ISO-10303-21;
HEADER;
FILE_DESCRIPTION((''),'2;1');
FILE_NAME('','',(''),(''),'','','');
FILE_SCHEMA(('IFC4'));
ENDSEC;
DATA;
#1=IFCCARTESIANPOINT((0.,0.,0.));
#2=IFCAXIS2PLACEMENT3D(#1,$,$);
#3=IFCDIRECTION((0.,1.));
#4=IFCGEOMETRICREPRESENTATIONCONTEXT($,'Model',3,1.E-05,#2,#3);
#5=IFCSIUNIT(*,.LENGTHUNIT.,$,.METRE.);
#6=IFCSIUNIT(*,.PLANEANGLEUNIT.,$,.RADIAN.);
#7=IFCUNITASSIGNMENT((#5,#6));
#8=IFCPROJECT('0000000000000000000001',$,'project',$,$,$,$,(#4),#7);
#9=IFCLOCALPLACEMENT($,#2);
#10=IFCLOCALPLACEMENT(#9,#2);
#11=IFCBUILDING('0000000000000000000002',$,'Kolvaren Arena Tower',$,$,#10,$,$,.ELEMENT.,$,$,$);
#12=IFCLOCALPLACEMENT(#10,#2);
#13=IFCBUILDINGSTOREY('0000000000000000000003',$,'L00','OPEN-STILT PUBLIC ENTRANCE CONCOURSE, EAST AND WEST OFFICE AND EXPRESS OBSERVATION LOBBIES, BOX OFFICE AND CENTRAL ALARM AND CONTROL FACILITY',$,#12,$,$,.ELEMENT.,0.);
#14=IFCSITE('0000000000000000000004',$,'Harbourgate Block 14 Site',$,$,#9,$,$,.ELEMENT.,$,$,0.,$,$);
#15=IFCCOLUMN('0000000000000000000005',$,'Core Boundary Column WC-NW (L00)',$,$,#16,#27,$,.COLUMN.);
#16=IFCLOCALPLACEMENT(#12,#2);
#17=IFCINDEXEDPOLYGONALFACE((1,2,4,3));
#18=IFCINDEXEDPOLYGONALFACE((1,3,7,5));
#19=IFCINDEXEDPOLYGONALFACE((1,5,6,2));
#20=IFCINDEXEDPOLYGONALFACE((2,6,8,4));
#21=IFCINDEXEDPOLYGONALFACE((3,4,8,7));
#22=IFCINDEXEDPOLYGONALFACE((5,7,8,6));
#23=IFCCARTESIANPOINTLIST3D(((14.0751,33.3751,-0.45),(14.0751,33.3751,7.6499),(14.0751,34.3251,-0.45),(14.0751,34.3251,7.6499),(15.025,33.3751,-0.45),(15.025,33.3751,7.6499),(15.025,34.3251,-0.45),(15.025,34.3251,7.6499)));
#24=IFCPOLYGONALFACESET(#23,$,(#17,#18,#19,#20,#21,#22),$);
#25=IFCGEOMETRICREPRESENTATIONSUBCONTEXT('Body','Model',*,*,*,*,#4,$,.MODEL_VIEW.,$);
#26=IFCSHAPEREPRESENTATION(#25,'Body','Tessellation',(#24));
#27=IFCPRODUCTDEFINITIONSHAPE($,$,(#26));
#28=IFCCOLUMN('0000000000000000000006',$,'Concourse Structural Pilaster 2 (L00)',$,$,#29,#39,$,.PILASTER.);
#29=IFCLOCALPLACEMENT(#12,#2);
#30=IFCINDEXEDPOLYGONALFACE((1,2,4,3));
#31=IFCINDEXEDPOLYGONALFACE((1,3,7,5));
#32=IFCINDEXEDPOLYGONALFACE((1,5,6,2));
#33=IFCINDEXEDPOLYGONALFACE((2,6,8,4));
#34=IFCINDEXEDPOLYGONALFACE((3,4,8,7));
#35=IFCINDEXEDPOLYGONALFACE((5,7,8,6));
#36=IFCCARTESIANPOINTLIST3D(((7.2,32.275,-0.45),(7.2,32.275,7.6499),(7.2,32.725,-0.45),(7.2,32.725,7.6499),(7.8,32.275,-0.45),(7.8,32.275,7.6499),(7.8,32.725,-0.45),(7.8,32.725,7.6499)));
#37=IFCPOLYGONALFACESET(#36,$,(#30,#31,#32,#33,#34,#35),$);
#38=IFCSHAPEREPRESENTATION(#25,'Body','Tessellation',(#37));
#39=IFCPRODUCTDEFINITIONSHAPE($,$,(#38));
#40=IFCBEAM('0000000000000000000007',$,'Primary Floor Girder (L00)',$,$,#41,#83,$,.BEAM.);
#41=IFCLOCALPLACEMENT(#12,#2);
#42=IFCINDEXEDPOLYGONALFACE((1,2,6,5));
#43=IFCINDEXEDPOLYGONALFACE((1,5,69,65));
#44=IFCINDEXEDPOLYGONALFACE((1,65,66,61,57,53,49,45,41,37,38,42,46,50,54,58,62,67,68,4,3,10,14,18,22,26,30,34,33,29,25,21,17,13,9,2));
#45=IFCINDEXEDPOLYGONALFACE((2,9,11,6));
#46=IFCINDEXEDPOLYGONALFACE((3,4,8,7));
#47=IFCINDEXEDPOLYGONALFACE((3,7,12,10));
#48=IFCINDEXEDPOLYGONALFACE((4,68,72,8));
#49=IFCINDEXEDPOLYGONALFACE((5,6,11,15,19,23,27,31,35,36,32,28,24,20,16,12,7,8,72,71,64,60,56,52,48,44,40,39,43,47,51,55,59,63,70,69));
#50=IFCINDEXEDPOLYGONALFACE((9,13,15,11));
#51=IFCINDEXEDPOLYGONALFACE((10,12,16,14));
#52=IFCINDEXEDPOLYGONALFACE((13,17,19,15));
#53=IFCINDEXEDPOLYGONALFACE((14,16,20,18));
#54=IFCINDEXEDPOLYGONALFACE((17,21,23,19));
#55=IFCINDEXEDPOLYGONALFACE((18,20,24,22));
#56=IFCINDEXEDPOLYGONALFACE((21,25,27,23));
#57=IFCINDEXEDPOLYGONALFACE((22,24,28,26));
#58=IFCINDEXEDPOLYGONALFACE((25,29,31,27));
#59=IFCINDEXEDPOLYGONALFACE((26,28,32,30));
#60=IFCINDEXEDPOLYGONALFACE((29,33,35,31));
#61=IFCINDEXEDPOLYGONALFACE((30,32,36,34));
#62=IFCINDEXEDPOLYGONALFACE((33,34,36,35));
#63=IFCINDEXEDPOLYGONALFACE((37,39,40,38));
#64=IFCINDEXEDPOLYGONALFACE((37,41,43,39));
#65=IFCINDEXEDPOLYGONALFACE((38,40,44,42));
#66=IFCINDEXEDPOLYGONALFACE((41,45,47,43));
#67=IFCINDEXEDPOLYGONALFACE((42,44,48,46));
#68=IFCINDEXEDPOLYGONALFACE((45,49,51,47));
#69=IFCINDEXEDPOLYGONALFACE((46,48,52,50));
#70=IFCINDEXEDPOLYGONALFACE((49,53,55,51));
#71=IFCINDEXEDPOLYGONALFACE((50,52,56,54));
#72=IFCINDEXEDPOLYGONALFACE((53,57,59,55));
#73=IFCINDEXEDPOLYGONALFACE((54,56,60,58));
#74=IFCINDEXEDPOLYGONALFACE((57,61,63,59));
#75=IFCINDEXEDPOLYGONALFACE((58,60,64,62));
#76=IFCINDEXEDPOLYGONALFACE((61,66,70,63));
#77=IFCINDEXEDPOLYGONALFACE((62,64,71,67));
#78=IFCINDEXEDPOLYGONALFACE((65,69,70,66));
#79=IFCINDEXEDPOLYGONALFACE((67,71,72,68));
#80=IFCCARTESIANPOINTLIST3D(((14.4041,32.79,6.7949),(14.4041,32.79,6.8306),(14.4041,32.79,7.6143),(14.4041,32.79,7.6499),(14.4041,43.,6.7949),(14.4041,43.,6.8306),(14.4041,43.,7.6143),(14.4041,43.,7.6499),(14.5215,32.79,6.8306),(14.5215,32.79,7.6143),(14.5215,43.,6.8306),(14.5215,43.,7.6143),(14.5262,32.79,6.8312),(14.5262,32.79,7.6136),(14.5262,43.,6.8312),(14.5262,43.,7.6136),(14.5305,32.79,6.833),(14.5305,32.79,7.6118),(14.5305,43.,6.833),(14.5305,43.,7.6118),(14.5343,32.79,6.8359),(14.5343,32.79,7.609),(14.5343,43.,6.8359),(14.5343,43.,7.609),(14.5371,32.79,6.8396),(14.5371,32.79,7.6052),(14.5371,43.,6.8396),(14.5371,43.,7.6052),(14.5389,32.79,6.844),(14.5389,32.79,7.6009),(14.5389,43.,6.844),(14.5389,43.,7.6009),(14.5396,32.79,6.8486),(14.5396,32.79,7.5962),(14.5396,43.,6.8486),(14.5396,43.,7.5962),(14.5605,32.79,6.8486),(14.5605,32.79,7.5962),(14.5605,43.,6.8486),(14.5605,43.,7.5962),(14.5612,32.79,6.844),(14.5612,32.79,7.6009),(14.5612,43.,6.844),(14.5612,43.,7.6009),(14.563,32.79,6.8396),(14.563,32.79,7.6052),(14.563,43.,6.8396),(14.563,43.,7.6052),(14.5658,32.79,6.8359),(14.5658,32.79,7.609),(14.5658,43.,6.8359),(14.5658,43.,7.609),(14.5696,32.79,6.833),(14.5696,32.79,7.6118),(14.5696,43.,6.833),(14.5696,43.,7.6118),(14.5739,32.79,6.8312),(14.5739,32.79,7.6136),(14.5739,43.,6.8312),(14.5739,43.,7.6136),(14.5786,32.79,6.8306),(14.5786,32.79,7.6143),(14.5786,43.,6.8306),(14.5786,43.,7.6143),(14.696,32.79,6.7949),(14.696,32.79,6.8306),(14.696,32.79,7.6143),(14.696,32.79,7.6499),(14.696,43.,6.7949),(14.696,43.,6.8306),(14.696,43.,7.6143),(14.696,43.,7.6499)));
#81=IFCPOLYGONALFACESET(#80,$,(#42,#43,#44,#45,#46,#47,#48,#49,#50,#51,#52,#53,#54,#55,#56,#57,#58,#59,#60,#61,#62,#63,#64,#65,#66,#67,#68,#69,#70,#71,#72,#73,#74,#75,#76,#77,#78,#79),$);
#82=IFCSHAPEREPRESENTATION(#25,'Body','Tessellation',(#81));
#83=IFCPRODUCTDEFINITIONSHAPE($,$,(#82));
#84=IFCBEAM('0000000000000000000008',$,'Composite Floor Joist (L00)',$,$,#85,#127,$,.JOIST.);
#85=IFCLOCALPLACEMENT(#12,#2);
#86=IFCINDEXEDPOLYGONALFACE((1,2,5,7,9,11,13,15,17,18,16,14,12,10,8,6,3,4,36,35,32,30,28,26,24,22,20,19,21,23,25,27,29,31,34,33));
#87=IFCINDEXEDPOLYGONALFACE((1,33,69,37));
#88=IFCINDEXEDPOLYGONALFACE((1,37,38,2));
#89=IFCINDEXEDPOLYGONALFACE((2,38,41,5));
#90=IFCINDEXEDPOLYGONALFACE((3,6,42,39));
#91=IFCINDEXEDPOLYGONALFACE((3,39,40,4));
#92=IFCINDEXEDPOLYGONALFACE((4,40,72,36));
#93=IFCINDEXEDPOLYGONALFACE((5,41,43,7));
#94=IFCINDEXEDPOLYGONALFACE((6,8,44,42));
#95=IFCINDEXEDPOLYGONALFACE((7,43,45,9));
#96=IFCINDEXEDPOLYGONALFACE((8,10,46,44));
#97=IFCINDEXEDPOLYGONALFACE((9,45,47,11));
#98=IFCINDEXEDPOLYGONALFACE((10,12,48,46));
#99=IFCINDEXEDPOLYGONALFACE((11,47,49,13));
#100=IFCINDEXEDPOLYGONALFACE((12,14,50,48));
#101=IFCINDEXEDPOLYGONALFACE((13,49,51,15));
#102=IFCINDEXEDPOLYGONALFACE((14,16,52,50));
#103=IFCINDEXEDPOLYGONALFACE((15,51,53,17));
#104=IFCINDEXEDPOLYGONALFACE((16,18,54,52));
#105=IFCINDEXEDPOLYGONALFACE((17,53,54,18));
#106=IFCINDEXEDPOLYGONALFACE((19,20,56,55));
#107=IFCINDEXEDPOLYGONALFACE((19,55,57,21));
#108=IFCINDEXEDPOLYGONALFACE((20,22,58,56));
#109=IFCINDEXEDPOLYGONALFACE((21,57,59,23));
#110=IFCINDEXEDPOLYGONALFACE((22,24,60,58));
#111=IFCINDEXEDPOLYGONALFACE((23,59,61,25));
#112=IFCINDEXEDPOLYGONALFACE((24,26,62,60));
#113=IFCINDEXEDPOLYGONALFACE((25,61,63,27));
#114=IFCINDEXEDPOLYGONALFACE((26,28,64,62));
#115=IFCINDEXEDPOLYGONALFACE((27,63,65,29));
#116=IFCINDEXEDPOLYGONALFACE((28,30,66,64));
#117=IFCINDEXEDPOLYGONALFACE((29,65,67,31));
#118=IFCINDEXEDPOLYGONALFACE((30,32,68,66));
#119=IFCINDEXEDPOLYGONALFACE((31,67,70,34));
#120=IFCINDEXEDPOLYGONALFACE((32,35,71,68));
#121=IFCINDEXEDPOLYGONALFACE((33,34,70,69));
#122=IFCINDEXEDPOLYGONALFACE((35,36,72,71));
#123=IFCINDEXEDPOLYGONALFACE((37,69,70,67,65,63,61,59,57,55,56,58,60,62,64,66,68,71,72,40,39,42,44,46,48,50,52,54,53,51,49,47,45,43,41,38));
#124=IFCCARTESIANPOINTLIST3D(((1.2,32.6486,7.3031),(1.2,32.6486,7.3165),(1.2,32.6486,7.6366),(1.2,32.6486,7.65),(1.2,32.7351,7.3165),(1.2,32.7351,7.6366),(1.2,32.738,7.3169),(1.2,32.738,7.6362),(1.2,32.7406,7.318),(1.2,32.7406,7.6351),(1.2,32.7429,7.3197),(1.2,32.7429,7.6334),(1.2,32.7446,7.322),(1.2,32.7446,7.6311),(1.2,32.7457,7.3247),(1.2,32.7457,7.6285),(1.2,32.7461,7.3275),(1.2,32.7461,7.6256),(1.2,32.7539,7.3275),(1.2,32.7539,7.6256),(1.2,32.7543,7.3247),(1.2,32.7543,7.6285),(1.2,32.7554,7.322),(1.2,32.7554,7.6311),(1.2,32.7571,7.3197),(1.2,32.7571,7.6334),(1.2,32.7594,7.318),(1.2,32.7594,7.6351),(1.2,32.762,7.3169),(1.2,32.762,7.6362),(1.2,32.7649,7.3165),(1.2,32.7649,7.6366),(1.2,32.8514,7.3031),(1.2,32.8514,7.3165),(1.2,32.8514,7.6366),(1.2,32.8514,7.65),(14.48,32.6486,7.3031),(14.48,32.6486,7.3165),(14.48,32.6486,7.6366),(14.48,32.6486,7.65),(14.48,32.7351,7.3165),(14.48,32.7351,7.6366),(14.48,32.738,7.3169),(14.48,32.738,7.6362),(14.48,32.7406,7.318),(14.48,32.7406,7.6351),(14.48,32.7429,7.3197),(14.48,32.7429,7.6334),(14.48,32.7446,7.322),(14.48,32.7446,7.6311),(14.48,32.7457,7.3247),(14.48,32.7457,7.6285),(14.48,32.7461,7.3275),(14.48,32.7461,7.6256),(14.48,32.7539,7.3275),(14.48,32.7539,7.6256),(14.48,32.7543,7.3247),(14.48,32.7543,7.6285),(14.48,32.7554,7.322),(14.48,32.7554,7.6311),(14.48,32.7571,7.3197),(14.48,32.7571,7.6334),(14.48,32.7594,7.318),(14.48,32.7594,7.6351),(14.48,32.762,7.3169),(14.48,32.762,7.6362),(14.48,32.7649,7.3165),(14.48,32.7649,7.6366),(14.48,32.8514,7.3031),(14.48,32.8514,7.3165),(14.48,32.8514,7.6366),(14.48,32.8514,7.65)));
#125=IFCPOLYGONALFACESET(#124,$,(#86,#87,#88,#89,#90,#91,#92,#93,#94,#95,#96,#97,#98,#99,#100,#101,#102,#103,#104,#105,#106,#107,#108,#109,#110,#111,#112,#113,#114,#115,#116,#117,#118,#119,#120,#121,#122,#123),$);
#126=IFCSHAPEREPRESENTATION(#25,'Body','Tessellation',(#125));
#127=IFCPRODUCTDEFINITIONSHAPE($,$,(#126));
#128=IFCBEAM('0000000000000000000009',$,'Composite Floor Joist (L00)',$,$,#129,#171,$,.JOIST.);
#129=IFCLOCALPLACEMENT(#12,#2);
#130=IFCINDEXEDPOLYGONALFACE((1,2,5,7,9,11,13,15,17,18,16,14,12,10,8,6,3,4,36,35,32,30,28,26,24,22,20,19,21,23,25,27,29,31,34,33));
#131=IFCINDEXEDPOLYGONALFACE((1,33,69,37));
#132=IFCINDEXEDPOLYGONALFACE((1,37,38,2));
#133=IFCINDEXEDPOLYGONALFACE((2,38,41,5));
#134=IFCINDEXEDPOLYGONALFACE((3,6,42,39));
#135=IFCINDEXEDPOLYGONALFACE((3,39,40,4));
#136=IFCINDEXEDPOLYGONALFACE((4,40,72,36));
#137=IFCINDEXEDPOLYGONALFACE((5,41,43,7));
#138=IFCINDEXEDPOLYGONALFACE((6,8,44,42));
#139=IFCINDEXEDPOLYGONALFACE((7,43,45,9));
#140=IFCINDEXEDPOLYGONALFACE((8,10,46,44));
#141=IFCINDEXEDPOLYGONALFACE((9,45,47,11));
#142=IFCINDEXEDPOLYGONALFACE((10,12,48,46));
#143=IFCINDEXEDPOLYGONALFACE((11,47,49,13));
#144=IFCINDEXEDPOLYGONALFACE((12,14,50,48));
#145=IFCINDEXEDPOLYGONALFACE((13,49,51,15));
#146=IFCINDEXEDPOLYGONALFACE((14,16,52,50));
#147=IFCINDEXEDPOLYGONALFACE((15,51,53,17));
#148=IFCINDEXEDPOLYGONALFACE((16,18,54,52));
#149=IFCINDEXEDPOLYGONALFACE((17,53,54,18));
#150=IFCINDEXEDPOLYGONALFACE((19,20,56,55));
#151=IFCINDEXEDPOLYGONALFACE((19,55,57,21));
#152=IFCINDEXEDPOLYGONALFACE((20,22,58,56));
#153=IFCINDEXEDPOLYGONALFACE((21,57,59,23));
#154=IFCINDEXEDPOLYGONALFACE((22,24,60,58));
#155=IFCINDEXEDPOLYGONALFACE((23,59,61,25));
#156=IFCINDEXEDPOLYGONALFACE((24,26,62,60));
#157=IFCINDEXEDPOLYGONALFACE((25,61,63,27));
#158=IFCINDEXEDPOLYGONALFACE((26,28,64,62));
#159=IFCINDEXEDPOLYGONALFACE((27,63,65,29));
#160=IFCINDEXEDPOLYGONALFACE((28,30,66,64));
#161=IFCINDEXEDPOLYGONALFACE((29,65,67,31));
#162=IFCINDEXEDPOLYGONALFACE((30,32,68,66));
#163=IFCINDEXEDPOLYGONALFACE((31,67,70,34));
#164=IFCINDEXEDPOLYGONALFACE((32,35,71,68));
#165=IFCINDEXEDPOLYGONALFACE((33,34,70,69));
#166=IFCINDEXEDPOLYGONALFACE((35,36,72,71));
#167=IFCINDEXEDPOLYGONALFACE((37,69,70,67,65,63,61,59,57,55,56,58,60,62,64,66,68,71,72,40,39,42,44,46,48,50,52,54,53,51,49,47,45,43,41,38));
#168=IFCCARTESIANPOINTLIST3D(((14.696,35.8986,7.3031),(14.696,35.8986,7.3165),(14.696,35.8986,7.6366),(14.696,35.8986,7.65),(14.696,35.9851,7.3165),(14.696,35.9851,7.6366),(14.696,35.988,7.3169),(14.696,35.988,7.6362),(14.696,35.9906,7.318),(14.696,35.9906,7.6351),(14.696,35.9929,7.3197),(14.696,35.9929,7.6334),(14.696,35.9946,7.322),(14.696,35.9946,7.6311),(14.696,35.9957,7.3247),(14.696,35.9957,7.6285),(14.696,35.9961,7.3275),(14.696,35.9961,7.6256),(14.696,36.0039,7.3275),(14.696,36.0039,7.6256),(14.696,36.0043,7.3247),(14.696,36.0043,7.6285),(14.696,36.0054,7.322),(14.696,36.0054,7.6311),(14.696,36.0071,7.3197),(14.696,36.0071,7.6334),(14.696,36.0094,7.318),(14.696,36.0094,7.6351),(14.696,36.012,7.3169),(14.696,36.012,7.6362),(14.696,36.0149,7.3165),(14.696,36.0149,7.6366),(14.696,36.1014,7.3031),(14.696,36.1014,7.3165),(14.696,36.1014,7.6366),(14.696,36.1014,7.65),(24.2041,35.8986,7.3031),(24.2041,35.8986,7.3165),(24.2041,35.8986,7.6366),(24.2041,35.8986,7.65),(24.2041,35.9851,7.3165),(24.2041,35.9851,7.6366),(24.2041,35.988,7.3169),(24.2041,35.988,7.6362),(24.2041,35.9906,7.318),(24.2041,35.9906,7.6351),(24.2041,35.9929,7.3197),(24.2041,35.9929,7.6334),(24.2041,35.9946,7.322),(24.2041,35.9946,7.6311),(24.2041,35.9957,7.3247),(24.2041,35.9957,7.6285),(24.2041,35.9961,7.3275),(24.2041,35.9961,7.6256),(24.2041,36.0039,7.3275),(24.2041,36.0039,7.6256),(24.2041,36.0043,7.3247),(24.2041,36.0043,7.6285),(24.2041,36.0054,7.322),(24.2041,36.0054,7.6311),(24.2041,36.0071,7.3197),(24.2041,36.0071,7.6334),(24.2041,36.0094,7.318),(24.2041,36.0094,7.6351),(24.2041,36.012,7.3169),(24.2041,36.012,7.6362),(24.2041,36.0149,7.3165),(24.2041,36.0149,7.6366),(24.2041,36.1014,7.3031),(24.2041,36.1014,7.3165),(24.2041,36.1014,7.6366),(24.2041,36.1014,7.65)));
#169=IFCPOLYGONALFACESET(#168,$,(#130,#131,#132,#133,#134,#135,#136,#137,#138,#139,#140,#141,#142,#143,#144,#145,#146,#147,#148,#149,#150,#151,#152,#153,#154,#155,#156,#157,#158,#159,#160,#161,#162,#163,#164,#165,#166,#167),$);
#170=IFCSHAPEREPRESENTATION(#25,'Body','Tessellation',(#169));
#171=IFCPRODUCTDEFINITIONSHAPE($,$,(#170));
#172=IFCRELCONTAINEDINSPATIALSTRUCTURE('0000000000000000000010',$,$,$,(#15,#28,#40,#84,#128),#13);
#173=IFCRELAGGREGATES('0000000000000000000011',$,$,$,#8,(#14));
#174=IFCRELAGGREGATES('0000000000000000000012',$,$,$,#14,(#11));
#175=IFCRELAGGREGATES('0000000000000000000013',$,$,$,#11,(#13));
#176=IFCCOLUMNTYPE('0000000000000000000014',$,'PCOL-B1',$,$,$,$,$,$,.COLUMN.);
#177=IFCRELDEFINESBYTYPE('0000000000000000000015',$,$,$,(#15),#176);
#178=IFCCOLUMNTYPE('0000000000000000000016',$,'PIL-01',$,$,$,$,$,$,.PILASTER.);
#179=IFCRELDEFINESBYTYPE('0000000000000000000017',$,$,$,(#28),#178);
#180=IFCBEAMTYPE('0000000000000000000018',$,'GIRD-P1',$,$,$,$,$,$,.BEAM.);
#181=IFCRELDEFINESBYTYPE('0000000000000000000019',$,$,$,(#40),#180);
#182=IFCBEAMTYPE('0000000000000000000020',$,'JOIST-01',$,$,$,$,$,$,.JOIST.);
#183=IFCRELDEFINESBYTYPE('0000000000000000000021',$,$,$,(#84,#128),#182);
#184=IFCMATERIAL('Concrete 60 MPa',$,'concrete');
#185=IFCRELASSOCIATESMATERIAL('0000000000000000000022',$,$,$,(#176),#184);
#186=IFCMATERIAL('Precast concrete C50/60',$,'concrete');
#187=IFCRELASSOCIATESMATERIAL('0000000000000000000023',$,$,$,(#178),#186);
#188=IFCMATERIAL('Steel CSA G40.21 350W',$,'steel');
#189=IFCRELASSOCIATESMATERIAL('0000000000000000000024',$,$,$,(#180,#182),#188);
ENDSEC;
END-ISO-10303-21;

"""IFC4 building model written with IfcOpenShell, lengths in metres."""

from ifc_helpers import new_model, si_unit, direction, frame, origin, origin_2d, place, context, subcontext, project, spatial, rectangle, i_section, extrude, material, material_profile, profile_set, type_object, element, save


model = new_model("IFC4")

# Units and contexts
model_context = context("Model", 3, precision=1e-05, world=origin(), true_north=direction((0.0, 1.0)))
body_context = subcontext(model_context, "Body", "Model", "MODEL_VIEW")
ifc_project = project(units=[si_unit("LENGTHUNIT", "METRE"), si_unit("PLANEANGLEUNIT", "RADIAN")], contexts=[model_context])

# Site, building, storey
site_placement = place(None, origin())
site = spatial("IfcSite", under=ifc_project, at=site_placement, Name="Harbourgate Block 14 Site", CompositionType="ELEMENT", RefElevation=0.0)
building_placement = place(site_placement, origin())
building = spatial("IfcBuilding", under=site, at=building_placement, Name="Kolvaren Arena Tower", CompositionType="ELEMENT")
storey_placement = place(building_placement, origin())
storey = spatial("IfcBuildingStorey", under=building, at=storey_placement, Name="L00", Description="OPEN-STILT PUBLIC ENTRANCE CONCOURSE, EAST AND WEST OFFICE AND EXPRESS OBSERVATION LOBBIES, BOX OFFICE AND CENTRAL ALARM AND CONTROL FACILITY", CompositionType="ELEMENT", Elevation=0.0)

# Columns
ifc_material_1 = material(Name="Concrete 60 MPa", Category="concrete")
ifc_material_profile_1 = material_profile(ifc_material_1, rectangle(XDim=0.95, YDim=0.95, at=origin_2d()), Name="RC-950x950")
ifc_profile_set_1 = profile_set([ifc_material_profile_1], Name="Concrete 60 MPa")
column_type_1 = type_object("IfcColumnType", Name="PCOL-B1", PredefinedType="COLUMN", material=ifc_profile_set_1)
column_1_placement = place(storey_placement, frame((14.55, 33.8501, -0.45), z_axis=(0.0, 0.0, 1.0), x_axis=(1.0, 0.0, 0.0)))
element("IfcColumn", 1, at=column_1_placement, inside=storey, type_object=column_type_1, Name="Core Boundary Column WC-NW (L00)", PredefinedType="COLUMN", context=body_context, shape_type="SweptSolid", body=[
    extrude(rectangle(XDim=0.95, YDim=0.95, at=origin_2d()), origin(), (0.0, 0.0, 1.0), 8.0999),
])
ifc_material_2 = material(Name="Precast concrete C50/60", Category="concrete")
ifc_material_profile_2 = material_profile(ifc_material_2, rectangle(XDim=0.6001, YDim=0.45, at=origin_2d()), Name="RC-600x450")
ifc_profile_set_2 = profile_set([ifc_material_profile_2], Name="Precast concrete C50/60")
column_type_2 = type_object("IfcColumnType", Name="PIL-01", PredefinedType="PILASTER", material=ifc_profile_set_2)
column_2_placement = place(storey_placement, frame((7.5, 32.5, -0.45), z_axis=(0.0, 0.0, 1.0), x_axis=(1.0, 0.0, 0.0)))
element("IfcColumn", 2, at=column_2_placement, inside=storey, type_object=column_type_2, Name="Concourse Structural Pilaster 2 (L00)", PredefinedType="PILASTER", context=body_context, shape_type="SweptSolid", body=[
    extrude(rectangle(XDim=0.6001, YDim=0.45, at=origin_2d()), origin(), (0.0, 0.0, 1.0), 8.0999),
])

# Beams
ifc_material_3 = material(Name="Steel CSA G40.21 350W", Category="steel")
ifc_material_profile_3 = material_profile(ifc_material_3, i_section(OverallWidth=0.292, OverallDepth=0.855, WebThickness=0.021, FlangeThickness=0.0356, FilletRadius=0.0181, at=origin_2d()), Name="W840x299")
ifc_profile_set_3 = profile_set([ifc_material_profile_3], Name="Steel CSA G40.21 350W")
beam_type_1 = type_object("IfcBeamType", Name="GIRD-P1", PredefinedType="BEAM", material=ifc_profile_set_3)
beam_1_placement = place(storey_placement, frame((14.55, 32.79, 7.2224), z_axis=(0.0, 1.0, 0.0), x_axis=(-1.0, 0.0, 0.0)))
element("IfcBeam", 3, at=beam_1_placement, inside=storey, type_object=beam_type_1, Name="Primary Floor Girder (L00)", PredefinedType="BEAM", context=body_context, shape_type="SweptSolid", body=[
    extrude(i_section(OverallWidth=0.292, OverallDepth=0.855, WebThickness=0.021, FlangeThickness=0.0356, FilletRadius=0.0181, at=origin_2d()), origin(), (0.0, 0.0, 1.0), 10.21),
])
ifc_material_profile_4 = material_profile(ifc_material_3, i_section(OverallWidth=0.2029, OverallDepth=0.3469, WebThickness=0.0078, FlangeThickness=0.0134, FilletRadius=0.011, at=origin_2d()), Name="W360x64")
ifc_profile_set_4 = profile_set([ifc_material_profile_4], Name="Steel CSA G40.21 350W")
beam_type_2 = type_object("IfcBeamType", Name="JOIST-01", PredefinedType="JOIST", material=ifc_profile_set_4)
beam_2_placement = place(storey_placement, frame((1.2, 32.75, 7.4766), z_axis=(1.0, 0.0, 0.0), x_axis=(0.0, 1.0, 0.0)))
element("IfcBeam", 4, at=beam_2_placement, inside=storey, type_object=beam_type_2, Name="Composite Floor Joist (L00)", PredefinedType="JOIST", context=body_context, shape_type="SweptSolid", body=[
    extrude(i_section(OverallWidth=0.2029, OverallDepth=0.3469, WebThickness=0.0078, FlangeThickness=0.0134, FilletRadius=0.011, at=origin_2d()), origin(), (0.0, 0.0, 1.0), 13.28),
])
beam_3_placement = place(storey_placement, frame((14.696, 36.0, 7.4766), z_axis=(1.0, 0.0, 0.0), x_axis=(0.0, 1.0, 0.0)))
element("IfcBeam", 5, at=beam_3_placement, inside=storey, type_object=beam_type_2, Name="Composite Floor Joist (L00)", PredefinedType="JOIST", context=body_context, shape_type="SweptSolid", body=[
    extrude(i_section(OverallWidth=0.2029, OverallDepth=0.3469, WebThickness=0.0078, FlangeThickness=0.0134, FilletRadius=0.011, at=origin_2d()), origin(), (0.0, 0.0, 1.0), 9.5081),
])

save(model, "model.ifc")
